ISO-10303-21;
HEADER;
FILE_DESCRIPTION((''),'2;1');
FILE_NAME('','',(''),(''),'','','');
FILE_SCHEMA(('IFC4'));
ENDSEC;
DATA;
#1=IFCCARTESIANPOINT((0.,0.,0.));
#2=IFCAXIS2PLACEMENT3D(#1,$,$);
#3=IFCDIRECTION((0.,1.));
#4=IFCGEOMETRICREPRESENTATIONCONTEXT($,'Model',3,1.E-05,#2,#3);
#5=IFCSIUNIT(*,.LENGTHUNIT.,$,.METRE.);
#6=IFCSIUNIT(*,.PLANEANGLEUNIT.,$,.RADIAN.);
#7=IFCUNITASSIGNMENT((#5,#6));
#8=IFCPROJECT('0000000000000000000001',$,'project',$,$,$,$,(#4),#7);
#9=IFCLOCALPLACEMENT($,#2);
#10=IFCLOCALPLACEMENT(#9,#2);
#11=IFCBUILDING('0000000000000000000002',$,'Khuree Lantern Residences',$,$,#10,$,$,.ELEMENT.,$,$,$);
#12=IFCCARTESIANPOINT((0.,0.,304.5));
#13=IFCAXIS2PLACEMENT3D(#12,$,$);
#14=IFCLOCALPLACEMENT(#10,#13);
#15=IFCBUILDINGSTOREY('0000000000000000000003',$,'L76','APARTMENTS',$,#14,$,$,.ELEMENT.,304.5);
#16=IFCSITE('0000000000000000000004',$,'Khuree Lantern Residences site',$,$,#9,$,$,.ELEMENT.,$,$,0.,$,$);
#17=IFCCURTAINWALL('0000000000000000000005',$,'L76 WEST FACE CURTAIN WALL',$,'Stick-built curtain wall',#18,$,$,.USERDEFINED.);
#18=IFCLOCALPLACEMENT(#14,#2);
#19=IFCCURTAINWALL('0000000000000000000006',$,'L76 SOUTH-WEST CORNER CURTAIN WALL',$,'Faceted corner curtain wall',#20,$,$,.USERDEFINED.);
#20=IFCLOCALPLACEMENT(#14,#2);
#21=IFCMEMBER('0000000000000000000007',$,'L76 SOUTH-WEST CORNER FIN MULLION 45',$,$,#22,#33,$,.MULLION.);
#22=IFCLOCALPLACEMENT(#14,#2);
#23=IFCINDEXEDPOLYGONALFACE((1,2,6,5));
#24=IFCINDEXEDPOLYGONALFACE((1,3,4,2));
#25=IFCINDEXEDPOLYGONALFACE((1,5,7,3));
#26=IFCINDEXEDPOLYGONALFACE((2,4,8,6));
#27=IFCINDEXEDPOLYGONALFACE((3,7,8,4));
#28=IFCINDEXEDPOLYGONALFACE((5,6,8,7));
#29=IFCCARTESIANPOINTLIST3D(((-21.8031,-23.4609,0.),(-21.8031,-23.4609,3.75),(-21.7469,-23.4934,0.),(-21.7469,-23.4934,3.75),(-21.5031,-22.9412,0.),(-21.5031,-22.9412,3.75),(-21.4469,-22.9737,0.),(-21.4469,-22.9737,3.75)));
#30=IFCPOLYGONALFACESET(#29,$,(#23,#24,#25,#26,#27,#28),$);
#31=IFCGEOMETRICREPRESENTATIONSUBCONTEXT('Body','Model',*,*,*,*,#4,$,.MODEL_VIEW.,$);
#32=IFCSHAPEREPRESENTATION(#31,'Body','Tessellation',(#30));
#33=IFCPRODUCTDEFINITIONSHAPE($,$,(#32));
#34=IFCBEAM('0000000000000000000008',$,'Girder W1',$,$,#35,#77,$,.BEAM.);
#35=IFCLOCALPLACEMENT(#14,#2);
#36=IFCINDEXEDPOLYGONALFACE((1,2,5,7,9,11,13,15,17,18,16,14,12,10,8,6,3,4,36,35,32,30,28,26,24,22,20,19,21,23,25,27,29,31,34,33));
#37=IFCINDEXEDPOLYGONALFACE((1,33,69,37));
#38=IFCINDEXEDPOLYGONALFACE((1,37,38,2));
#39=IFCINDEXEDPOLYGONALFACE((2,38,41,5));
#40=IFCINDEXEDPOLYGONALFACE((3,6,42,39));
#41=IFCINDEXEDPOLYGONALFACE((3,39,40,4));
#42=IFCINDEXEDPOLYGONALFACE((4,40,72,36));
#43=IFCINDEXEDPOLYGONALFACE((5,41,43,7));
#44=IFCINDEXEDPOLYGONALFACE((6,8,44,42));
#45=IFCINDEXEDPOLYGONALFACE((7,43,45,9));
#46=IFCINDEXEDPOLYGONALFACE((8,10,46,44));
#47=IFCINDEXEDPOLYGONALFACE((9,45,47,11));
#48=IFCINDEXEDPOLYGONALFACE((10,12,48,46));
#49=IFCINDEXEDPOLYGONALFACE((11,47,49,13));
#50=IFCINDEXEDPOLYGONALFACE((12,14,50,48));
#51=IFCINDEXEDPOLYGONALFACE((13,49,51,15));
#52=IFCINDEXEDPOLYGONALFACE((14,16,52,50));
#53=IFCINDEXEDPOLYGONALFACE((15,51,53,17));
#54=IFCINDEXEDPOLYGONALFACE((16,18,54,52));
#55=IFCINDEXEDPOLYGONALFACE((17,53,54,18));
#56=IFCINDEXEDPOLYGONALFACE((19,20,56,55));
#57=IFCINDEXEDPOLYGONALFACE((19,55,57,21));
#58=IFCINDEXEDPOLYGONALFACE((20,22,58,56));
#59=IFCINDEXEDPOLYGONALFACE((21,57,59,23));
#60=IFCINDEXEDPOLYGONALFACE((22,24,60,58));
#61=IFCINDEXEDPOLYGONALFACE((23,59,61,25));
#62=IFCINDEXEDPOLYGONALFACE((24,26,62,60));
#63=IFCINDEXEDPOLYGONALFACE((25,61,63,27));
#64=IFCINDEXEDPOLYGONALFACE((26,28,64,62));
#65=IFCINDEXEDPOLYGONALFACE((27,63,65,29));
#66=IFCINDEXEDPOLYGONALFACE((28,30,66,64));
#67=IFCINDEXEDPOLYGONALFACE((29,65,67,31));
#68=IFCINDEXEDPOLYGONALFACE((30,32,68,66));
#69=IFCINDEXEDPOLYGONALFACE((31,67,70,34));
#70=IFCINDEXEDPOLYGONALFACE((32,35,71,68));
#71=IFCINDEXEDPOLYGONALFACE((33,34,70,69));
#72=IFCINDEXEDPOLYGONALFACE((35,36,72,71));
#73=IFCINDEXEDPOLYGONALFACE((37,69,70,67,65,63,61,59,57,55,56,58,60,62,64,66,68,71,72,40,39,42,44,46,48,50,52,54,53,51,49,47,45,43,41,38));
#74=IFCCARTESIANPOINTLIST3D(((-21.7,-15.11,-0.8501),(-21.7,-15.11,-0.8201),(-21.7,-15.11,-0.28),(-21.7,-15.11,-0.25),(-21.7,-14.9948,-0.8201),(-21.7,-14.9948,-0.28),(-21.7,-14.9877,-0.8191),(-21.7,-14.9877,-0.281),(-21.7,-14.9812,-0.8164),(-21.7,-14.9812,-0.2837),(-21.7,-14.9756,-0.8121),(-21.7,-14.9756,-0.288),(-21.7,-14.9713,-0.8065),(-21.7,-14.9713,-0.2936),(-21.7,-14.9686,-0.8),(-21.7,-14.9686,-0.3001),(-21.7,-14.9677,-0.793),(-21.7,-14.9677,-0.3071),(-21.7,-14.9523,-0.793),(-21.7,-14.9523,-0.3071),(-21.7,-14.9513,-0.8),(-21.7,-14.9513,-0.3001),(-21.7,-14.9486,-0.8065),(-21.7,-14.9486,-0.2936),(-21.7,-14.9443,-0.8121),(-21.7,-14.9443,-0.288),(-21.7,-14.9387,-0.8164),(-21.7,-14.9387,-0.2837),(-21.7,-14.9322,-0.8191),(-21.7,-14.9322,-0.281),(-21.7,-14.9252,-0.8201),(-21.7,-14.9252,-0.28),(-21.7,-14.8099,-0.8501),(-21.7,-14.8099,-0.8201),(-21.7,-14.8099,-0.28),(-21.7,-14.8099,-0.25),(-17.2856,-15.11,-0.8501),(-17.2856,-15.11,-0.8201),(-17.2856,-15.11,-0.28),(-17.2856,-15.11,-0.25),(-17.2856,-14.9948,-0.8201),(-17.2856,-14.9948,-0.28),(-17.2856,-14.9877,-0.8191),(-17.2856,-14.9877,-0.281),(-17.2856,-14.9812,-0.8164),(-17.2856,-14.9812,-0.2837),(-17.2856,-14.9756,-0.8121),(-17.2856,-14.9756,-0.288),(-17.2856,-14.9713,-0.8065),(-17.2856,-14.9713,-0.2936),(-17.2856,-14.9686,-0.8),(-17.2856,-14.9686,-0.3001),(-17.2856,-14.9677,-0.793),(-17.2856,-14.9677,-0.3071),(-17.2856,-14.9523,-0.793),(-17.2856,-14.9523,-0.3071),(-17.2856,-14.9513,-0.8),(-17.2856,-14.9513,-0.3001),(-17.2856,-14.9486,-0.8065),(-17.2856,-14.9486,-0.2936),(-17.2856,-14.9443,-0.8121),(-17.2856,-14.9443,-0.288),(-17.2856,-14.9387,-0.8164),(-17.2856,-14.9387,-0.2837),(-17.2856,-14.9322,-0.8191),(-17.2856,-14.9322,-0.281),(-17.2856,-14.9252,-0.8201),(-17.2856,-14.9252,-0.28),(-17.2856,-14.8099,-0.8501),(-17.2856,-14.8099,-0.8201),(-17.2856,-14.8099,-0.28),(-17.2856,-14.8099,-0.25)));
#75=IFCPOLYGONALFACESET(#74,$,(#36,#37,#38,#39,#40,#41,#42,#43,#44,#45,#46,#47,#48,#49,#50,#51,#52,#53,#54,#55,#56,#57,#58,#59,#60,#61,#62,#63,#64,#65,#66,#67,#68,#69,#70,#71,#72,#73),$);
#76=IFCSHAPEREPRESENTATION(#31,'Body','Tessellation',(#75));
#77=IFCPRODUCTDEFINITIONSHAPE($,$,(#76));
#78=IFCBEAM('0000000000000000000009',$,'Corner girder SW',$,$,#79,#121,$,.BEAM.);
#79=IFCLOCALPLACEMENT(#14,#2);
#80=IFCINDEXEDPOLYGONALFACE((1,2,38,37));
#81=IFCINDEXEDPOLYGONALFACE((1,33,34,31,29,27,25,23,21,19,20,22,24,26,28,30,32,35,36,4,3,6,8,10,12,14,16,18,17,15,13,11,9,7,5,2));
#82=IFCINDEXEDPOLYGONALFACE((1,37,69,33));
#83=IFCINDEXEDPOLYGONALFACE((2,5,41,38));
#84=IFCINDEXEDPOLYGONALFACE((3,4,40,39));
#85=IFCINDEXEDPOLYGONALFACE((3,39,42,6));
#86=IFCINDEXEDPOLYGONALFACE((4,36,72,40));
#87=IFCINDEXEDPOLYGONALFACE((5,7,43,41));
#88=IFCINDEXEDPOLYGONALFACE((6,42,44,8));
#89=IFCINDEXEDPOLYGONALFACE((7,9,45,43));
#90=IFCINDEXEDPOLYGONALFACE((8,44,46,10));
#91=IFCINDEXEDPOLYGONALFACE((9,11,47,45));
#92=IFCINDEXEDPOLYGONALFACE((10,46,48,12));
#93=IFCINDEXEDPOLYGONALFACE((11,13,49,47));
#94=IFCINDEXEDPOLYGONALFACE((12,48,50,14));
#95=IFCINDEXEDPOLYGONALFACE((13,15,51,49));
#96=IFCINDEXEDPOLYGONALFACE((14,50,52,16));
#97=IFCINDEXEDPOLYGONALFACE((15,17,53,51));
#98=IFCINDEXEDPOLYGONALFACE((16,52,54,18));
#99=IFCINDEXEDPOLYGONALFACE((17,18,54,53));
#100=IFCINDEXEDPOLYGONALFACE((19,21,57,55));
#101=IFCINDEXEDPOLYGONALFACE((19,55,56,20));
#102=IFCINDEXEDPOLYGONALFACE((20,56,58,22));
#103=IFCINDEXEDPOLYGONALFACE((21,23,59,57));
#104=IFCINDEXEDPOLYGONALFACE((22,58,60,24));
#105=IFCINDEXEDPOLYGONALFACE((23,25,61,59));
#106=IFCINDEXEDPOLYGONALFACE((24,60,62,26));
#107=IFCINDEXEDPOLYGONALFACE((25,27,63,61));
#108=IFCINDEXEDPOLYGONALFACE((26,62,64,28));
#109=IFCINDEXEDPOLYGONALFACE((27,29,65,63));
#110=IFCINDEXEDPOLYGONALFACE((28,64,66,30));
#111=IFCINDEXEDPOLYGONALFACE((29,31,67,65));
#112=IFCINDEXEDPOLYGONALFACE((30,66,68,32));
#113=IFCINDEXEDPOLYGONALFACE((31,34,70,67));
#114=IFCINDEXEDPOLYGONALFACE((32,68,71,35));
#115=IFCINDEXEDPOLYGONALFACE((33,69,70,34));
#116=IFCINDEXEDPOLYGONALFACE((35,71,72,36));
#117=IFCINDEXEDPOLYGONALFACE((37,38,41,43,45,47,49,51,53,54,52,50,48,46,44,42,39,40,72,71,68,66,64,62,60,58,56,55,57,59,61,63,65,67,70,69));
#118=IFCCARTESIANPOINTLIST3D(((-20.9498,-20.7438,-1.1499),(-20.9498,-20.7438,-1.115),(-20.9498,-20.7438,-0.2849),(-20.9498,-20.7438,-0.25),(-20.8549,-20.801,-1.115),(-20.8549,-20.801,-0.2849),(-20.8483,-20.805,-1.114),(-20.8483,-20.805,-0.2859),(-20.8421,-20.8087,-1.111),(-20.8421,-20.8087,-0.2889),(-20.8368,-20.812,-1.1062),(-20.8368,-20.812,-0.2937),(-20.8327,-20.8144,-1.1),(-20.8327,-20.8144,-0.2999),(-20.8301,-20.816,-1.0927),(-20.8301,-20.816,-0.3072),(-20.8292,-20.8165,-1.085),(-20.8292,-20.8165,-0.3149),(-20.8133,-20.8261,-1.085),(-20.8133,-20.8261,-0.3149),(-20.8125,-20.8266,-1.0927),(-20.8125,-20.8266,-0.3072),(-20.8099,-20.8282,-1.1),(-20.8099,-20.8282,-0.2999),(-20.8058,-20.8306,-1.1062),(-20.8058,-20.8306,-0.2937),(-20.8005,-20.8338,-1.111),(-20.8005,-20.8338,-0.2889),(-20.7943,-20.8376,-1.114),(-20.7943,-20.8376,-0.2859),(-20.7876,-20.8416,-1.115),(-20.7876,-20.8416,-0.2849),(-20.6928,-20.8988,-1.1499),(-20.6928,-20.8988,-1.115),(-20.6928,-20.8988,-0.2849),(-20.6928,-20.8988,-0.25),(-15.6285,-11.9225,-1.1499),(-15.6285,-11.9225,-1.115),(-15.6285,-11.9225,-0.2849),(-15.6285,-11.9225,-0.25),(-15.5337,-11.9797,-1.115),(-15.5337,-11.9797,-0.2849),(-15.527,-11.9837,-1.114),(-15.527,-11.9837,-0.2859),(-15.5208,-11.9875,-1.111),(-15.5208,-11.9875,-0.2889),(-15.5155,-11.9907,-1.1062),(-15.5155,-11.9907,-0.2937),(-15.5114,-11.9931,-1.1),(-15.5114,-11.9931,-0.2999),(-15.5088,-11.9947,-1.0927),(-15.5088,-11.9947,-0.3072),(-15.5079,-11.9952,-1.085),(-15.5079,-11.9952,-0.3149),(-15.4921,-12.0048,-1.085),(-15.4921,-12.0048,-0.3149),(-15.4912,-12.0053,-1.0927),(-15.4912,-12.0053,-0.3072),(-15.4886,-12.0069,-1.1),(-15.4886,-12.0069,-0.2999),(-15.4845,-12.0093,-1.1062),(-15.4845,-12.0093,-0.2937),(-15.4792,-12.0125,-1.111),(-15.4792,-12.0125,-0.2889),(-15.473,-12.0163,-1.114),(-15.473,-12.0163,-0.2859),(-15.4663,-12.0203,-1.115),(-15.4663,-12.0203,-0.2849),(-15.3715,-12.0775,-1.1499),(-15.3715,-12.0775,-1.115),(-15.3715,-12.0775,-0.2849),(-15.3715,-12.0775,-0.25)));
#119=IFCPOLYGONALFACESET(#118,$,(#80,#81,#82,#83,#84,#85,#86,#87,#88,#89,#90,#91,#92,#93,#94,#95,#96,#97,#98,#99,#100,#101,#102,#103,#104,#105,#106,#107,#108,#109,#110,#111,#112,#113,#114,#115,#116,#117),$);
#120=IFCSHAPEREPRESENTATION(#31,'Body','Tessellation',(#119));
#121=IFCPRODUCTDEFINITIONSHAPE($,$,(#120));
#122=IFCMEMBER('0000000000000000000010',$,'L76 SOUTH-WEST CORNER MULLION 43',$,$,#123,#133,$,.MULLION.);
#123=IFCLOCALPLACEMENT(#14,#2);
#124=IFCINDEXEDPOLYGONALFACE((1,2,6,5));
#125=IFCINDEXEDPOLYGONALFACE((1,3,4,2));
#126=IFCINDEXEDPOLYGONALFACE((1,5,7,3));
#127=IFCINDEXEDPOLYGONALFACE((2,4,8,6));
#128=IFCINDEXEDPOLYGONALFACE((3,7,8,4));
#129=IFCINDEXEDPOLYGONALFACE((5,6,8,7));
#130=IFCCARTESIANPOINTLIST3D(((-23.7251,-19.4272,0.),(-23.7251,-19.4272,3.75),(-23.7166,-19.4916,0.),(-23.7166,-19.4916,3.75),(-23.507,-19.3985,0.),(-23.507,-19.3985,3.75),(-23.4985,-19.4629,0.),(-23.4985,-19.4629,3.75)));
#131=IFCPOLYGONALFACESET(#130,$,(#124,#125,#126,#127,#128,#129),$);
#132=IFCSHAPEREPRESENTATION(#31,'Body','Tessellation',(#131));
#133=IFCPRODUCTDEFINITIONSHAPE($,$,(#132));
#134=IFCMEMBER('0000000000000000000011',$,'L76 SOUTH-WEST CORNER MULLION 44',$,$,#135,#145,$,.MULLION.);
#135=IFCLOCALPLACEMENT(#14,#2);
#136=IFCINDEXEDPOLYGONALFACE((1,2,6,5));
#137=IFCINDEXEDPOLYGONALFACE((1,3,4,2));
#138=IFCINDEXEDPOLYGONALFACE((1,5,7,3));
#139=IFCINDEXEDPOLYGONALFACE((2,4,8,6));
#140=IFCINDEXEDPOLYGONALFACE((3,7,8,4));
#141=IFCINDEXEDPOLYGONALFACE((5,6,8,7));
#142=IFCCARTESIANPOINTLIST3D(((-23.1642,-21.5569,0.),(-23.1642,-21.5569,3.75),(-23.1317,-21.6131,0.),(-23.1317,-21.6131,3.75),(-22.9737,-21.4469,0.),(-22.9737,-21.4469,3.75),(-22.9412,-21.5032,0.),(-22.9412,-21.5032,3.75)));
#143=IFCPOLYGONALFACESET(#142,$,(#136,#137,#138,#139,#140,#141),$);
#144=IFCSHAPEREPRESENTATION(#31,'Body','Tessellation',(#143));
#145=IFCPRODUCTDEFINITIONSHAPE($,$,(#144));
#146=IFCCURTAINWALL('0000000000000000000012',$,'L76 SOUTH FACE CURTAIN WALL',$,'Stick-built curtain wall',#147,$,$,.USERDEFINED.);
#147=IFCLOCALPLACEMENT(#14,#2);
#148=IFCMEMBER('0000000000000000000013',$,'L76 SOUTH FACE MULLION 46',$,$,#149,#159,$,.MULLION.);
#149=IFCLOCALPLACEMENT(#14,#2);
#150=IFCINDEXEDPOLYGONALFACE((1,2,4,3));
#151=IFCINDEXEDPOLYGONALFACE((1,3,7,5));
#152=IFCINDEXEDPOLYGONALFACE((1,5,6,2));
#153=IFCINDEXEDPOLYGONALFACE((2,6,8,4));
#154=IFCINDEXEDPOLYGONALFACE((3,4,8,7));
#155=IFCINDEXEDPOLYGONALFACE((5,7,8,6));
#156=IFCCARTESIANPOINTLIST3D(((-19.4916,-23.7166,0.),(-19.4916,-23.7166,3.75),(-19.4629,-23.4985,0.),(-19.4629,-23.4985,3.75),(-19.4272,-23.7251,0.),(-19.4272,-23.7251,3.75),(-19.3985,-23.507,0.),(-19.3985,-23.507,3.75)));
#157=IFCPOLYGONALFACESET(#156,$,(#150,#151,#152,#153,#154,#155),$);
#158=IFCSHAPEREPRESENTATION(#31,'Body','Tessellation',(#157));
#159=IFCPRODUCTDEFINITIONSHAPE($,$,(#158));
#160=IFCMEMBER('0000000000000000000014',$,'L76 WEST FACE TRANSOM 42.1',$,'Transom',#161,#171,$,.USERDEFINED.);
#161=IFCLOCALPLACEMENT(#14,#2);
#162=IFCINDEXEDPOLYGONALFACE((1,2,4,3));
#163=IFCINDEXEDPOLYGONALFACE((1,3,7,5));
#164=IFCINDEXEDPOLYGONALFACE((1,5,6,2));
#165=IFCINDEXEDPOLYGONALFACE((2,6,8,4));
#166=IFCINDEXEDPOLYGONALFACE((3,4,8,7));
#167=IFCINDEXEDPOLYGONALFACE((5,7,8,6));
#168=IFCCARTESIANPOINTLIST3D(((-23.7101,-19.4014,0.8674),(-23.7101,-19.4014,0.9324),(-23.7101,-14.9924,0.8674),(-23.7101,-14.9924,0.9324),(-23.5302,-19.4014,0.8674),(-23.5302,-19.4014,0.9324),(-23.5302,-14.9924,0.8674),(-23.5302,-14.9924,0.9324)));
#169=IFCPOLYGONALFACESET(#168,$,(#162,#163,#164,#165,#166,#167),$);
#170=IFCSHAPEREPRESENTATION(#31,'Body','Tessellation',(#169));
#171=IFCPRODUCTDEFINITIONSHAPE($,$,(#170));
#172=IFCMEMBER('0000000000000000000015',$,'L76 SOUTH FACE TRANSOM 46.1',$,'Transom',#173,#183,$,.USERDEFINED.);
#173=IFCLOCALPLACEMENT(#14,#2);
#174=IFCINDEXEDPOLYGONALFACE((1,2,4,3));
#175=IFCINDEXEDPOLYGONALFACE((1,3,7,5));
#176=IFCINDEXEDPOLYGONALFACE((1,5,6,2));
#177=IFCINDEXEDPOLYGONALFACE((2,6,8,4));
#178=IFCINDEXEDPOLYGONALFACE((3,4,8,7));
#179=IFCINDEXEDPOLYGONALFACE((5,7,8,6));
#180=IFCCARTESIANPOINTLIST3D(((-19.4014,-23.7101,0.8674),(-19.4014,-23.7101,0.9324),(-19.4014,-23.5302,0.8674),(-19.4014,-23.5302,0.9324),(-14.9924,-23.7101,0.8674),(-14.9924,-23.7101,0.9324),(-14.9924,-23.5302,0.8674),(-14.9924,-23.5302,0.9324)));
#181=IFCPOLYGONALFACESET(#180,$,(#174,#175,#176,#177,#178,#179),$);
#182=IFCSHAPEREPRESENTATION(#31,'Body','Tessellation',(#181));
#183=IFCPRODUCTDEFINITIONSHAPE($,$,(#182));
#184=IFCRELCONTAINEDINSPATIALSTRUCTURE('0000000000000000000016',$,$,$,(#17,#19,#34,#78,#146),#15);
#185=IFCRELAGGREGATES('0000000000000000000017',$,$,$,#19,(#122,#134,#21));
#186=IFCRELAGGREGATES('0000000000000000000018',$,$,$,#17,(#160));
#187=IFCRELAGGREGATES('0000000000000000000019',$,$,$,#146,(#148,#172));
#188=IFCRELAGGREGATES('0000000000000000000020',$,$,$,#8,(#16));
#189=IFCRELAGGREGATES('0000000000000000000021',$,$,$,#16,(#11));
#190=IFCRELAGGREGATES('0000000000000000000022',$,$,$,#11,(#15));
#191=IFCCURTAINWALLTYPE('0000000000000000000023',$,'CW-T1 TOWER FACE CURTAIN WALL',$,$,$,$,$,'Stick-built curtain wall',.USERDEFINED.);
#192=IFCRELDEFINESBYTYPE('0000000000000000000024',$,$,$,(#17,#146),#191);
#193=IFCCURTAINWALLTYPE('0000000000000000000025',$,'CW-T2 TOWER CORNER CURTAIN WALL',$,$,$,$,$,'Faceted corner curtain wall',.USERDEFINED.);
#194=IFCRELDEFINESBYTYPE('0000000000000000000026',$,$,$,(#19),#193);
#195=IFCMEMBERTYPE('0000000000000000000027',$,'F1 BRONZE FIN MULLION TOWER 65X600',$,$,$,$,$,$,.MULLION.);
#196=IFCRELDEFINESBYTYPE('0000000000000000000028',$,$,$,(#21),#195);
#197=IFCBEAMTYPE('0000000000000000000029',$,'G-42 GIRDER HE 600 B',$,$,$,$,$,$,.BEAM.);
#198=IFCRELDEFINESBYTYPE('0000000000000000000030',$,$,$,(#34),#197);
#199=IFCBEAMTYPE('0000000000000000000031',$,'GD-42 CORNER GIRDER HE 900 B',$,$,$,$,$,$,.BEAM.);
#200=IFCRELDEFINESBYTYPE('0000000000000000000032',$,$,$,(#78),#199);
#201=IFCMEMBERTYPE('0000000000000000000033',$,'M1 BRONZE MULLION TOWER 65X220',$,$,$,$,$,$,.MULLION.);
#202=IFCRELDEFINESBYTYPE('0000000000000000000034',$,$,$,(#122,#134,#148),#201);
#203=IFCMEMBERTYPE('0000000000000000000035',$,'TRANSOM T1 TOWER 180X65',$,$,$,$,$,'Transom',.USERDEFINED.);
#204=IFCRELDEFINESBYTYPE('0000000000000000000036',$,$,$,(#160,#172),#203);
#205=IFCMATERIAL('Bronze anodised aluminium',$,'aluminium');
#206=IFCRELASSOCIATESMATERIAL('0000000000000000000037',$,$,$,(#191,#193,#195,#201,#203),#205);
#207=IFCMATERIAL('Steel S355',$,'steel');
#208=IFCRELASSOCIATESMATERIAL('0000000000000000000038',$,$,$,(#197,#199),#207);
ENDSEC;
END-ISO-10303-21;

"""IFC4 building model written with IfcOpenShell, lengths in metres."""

from ifc_helpers import new_model, si_unit, direction, frame, origin, origin_2d, place, context, subcontext, project, spatial, rectangle, i_section, extrude, material, material_profile, profile_set, type_object, element, aggregate, save


model = new_model("IFC4")

# Units and contexts
model_context = context("Model", 3, precision=1e-05, world=origin(), true_north=direction((0.0, 1.0)))
body_context = subcontext(model_context, "Body", "Model", "MODEL_VIEW")
ifc_project = project(units=[si_unit("LENGTHUNIT", "METRE"), si_unit("PLANEANGLEUNIT", "RADIAN")], contexts=[model_context])

# Site, building, storey
site_placement = place(None, origin())
site = spatial("IfcSite", under=ifc_project, at=site_placement, Name="Khuree Lantern Residences site", CompositionType="ELEMENT", RefElevation=0.0)
building_placement = place(site_placement, origin())
building = spatial("IfcBuilding", under=site, at=building_placement, Name="Khuree Lantern Residences", CompositionType="ELEMENT")
storey_placement = place(building_placement, frame((0.0, 0.0, 304.5)))
storey = spatial("IfcBuildingStorey", under=building, at=storey_placement, Name="L76", Description="APARTMENTS", CompositionType="ELEMENT", Elevation=304.5)

# Shared definitions
ifc_material_1 = material(Name="Steel S355", Category="steel")

# Curtain walls, member
ifc_material_2 = material(Name="Bronze anodised aluminium", Category="aluminium")
curtain_wall_type_1 = type_object("IfcCurtainWallType", Name="CW-T1 TOWER FACE CURTAIN WALL", ElementType="Stick-built curtain wall", PredefinedType="USERDEFINED", material=ifc_material_2)
curtain_wall_1_placement = place(storey_placement, origin())
curtain_wall_1 = element("IfcCurtainWall", 1, at=curtain_wall_1_placement, inside=storey, type_object=curtain_wall_type_1, Name="L76 WEST FACE CURTAIN WALL", ObjectType="Stick-built curtain wall", PredefinedType="USERDEFINED")
ifc_material_profile_1 = material_profile(ifc_material_2, rectangle(XDim=0.0649, YDim=0.6001, at=origin_2d()), Name="F1 65X600")
ifc_profile_set_1 = profile_set([ifc_material_profile_1], Name="Bronze anodised aluminium")
member_type_1 = type_object("IfcMemberType", Name="F1 BRONZE FIN MULLION TOWER 65X600", PredefinedType="MULLION", material=ifc_profile_set_1)
curtain_wall_type_2 = type_object("IfcCurtainWallType", Name="CW-T2 TOWER CORNER CURTAIN WALL", ElementType="Faceted corner curtain wall", PredefinedType="USERDEFINED", material=ifc_material_2)
curtain_wall_2_placement = place(storey_placement, origin())
curtain_wall_2 = element("IfcCurtainWall", 2, at=curtain_wall_2_placement, inside=storey, type_object=curtain_wall_type_2, Name="L76 SOUTH-WEST CORNER CURTAIN WALL", ObjectType="Faceted corner curtain wall", PredefinedType="USERDEFINED")
member_1_placement = place(storey_placement, frame((-21.625, -23.2173, 0.0), z_axis=(0.0, 0.0, 1.0), x_axis=(0.866025, -0.5, 0.0)))
member_1 = element("IfcMember", 3, at=member_1_placement, type_object=member_type_1, Name="L76 SOUTH-WEST CORNER FIN MULLION 45", PredefinedType="MULLION", context=body_context, shape_type="SweptSolid", body=[
    extrude(rectangle(XDim=0.0649, YDim=0.6001, at=origin_2d()), origin(), (0.0, 0.0, 1.0), 3.75),
])

# Beams
ifc_material_profile_2 = material_profile(ifc_material_1, i_section(OverallWidth=0.3, OverallDepth=0.6001, WebThickness=0.0154, FlangeThickness=0.03, FilletRadius=0.0271, at=origin_2d()), Name="HE 600 B")
ifc_profile_set_2 = profile_set([ifc_material_profile_2], Name="Steel S355")
beam_type_1 = type_object("IfcBeamType", Name="G-42 GIRDER HE 600 B", PredefinedType="BEAM", material=ifc_profile_set_2)
beam_1_placement = place(storey_placement, frame((-21.7, -14.96, -0.55), z_axis=(1.0, 0.0, 0.0), x_axis=(0.0, 1.0, 0.0)))
element("IfcBeam", 4, at=beam_1_placement, inside=storey, type_object=beam_type_1, Name="Girder W1", PredefinedType="BEAM", context=body_context, shape_type="SweptSolid", body=[
    extrude(i_section(OverallWidth=0.3, OverallDepth=0.6001, WebThickness=0.0154, FlangeThickness=0.03, FilletRadius=0.0271, at=origin_2d()), origin(), (0.0, 0.0, 1.0), 4.4143),
])
ifc_material_profile_3 = material_profile(ifc_material_1, i_section(OverallWidth=0.3, OverallDepth=0.8999, WebThickness=0.0186, FlangeThickness=0.0349, FilletRadius=0.03, at=origin_2d()), Name="HE 900 B")
ifc_profile_set_3 = profile_set([ifc_material_profile_3], Name="Steel S355")
beam_type_2 = type_object("IfcBeamType", Name="GD-42 CORNER GIRDER HE 900 B", PredefinedType="BEAM", material=ifc_profile_set_3)
beam_2_placement = place(storey_placement, frame((-20.8213, -20.8213, -0.7), z_axis=(0.51653, 0.856269, 0.0), x_axis=(-0.856269, 0.51653, 0.0)))
element("IfcBeam", 5, at=beam_2_placement, inside=storey, type_object=beam_type_2, Name="Corner girder SW", PredefinedType="BEAM", context=body_context, shape_type="SweptSolid", body=[
    extrude(i_section(OverallWidth=0.3, OverallDepth=0.8999, WebThickness=0.0186, FlangeThickness=0.0349, FilletRadius=0.03, at=origin_2d()), origin(), (0.0, 0.0, 1.0), 10.302),
])

# Members
ifc_material_profile_4 = material_profile(ifc_material_2, rectangle(XDim=0.0649, YDim=0.22, at=origin_2d()), Name="M1 65X220")
ifc_profile_set_4 = profile_set([ifc_material_profile_4], Name="Bronze anodised aluminium")
member_type_2 = type_object("IfcMemberType", Name="M1 BRONZE MULLION TOWER 65X220", PredefinedType="MULLION", material=ifc_profile_set_4)
member_2_placement = place(storey_placement, frame((-23.6118, -19.4451, 0.0), z_axis=(0.0, 0.0, 1.0), x_axis=(0.130526, -0.991445, 0.0)))
member_2 = element("IfcMember", 6, at=member_2_placement, type_object=member_type_2, Name="L76 SOUTH-WEST CORNER MULLION 43", PredefinedType="MULLION", context=body_context, shape_type="SweptSolid", body=[
    extrude(rectangle(XDim=0.0649, YDim=0.22, at=origin_2d()), origin(), (0.0, 0.0, 1.0), 3.75),
])
member_3_placement = place(storey_placement, frame((-23.0527, -21.53, 0.0), z_axis=(0.0, 0.0, 1.0), x_axis=(0.5, -0.866025, 0.0)))
member_3 = element("IfcMember", 7, at=member_3_placement, type_object=member_type_2, Name="L76 SOUTH-WEST CORNER MULLION 44", PredefinedType="MULLION", context=body_context, shape_type="SweptSolid", body=[
    extrude(rectangle(XDim=0.0649, YDim=0.22, at=origin_2d()), origin(), (0.0, 0.0, 1.0), 3.75),
])

# Curtain wall, member
curtain_wall_3_placement = place(storey_placement, origin())
curtain_wall_3 = element("IfcCurtainWall", 8, at=curtain_wall_3_placement, inside=storey, type_object=curtain_wall_type_1, Name="L76 SOUTH FACE CURTAIN WALL", ObjectType="Stick-built curtain wall", PredefinedType="USERDEFINED")
member_4_placement = place(storey_placement, frame((-19.4451, -23.6118, 0.0), z_axis=(0.0, 0.0, 1.0), x_axis=(0.991445, -0.130526, 0.0)))
member_4 = element("IfcMember", 9, at=member_4_placement, type_object=member_type_2, Name="L76 SOUTH FACE MULLION 46", PredefinedType="MULLION", context=body_context, shape_type="SweptSolid", body=[
    extrude(rectangle(XDim=0.0649, YDim=0.22, at=origin_2d()), origin(), (0.0, 0.0, 1.0), 3.75),
])

# Members
ifc_material_profile_5 = material_profile(ifc_material_2, rectangle(XDim=0.1799, YDim=0.0649, at=origin_2d()), Name="T1 180X65")
ifc_profile_set_5 = profile_set([ifc_material_profile_5], Name="Bronze anodised aluminium")
member_type_3 = type_object("IfcMemberType", Name="TRANSOM T1 TOWER 180X65", ElementType="Transom", PredefinedType="USERDEFINED", material=ifc_profile_set_5)
member_5_placement = place(storey_placement, frame((-23.6201, -14.9924, 0.8999), z_axis=(0.0, -1.0, 0.0), x_axis=(1.0, 0.0, 0.0)))
member_5 = element("IfcMember", 10, at=member_5_placement, type_object=member_type_3, Name="L76 WEST FACE TRANSOM 42.1", ObjectType="Transom", PredefinedType="USERDEFINED", context=body_context, shape_type="SweptSolid", body=[
    extrude(rectangle(XDim=0.1799, YDim=0.0649, at=origin_2d()), origin(), (0.0, 0.0, 1.0), 4.4089),
])
member_6_placement = place(storey_placement, frame((-19.4014, -23.6201, 0.8999), z_axis=(1.0, 0.0, 0.0), x_axis=(0.0, 1.0, 0.0)))
member_6 = element("IfcMember", 11, at=member_6_placement, type_object=member_type_3, Name="L76 SOUTH FACE TRANSOM 46.1", ObjectType="Transom", PredefinedType="USERDEFINED", context=body_context, shape_type="SweptSolid", body=[
    extrude(rectangle(XDim=0.1799, YDim=0.0649, at=origin_2d()), origin(), (0.0, 0.0, 1.0), 4.4089),
])

aggregate(curtain_wall_2, [member_2, member_3, member_1])
aggregate(curtain_wall_1, [member_5])
aggregate(curtain_wall_3, [member_4, member_6])

save(model, "model.ifc")
